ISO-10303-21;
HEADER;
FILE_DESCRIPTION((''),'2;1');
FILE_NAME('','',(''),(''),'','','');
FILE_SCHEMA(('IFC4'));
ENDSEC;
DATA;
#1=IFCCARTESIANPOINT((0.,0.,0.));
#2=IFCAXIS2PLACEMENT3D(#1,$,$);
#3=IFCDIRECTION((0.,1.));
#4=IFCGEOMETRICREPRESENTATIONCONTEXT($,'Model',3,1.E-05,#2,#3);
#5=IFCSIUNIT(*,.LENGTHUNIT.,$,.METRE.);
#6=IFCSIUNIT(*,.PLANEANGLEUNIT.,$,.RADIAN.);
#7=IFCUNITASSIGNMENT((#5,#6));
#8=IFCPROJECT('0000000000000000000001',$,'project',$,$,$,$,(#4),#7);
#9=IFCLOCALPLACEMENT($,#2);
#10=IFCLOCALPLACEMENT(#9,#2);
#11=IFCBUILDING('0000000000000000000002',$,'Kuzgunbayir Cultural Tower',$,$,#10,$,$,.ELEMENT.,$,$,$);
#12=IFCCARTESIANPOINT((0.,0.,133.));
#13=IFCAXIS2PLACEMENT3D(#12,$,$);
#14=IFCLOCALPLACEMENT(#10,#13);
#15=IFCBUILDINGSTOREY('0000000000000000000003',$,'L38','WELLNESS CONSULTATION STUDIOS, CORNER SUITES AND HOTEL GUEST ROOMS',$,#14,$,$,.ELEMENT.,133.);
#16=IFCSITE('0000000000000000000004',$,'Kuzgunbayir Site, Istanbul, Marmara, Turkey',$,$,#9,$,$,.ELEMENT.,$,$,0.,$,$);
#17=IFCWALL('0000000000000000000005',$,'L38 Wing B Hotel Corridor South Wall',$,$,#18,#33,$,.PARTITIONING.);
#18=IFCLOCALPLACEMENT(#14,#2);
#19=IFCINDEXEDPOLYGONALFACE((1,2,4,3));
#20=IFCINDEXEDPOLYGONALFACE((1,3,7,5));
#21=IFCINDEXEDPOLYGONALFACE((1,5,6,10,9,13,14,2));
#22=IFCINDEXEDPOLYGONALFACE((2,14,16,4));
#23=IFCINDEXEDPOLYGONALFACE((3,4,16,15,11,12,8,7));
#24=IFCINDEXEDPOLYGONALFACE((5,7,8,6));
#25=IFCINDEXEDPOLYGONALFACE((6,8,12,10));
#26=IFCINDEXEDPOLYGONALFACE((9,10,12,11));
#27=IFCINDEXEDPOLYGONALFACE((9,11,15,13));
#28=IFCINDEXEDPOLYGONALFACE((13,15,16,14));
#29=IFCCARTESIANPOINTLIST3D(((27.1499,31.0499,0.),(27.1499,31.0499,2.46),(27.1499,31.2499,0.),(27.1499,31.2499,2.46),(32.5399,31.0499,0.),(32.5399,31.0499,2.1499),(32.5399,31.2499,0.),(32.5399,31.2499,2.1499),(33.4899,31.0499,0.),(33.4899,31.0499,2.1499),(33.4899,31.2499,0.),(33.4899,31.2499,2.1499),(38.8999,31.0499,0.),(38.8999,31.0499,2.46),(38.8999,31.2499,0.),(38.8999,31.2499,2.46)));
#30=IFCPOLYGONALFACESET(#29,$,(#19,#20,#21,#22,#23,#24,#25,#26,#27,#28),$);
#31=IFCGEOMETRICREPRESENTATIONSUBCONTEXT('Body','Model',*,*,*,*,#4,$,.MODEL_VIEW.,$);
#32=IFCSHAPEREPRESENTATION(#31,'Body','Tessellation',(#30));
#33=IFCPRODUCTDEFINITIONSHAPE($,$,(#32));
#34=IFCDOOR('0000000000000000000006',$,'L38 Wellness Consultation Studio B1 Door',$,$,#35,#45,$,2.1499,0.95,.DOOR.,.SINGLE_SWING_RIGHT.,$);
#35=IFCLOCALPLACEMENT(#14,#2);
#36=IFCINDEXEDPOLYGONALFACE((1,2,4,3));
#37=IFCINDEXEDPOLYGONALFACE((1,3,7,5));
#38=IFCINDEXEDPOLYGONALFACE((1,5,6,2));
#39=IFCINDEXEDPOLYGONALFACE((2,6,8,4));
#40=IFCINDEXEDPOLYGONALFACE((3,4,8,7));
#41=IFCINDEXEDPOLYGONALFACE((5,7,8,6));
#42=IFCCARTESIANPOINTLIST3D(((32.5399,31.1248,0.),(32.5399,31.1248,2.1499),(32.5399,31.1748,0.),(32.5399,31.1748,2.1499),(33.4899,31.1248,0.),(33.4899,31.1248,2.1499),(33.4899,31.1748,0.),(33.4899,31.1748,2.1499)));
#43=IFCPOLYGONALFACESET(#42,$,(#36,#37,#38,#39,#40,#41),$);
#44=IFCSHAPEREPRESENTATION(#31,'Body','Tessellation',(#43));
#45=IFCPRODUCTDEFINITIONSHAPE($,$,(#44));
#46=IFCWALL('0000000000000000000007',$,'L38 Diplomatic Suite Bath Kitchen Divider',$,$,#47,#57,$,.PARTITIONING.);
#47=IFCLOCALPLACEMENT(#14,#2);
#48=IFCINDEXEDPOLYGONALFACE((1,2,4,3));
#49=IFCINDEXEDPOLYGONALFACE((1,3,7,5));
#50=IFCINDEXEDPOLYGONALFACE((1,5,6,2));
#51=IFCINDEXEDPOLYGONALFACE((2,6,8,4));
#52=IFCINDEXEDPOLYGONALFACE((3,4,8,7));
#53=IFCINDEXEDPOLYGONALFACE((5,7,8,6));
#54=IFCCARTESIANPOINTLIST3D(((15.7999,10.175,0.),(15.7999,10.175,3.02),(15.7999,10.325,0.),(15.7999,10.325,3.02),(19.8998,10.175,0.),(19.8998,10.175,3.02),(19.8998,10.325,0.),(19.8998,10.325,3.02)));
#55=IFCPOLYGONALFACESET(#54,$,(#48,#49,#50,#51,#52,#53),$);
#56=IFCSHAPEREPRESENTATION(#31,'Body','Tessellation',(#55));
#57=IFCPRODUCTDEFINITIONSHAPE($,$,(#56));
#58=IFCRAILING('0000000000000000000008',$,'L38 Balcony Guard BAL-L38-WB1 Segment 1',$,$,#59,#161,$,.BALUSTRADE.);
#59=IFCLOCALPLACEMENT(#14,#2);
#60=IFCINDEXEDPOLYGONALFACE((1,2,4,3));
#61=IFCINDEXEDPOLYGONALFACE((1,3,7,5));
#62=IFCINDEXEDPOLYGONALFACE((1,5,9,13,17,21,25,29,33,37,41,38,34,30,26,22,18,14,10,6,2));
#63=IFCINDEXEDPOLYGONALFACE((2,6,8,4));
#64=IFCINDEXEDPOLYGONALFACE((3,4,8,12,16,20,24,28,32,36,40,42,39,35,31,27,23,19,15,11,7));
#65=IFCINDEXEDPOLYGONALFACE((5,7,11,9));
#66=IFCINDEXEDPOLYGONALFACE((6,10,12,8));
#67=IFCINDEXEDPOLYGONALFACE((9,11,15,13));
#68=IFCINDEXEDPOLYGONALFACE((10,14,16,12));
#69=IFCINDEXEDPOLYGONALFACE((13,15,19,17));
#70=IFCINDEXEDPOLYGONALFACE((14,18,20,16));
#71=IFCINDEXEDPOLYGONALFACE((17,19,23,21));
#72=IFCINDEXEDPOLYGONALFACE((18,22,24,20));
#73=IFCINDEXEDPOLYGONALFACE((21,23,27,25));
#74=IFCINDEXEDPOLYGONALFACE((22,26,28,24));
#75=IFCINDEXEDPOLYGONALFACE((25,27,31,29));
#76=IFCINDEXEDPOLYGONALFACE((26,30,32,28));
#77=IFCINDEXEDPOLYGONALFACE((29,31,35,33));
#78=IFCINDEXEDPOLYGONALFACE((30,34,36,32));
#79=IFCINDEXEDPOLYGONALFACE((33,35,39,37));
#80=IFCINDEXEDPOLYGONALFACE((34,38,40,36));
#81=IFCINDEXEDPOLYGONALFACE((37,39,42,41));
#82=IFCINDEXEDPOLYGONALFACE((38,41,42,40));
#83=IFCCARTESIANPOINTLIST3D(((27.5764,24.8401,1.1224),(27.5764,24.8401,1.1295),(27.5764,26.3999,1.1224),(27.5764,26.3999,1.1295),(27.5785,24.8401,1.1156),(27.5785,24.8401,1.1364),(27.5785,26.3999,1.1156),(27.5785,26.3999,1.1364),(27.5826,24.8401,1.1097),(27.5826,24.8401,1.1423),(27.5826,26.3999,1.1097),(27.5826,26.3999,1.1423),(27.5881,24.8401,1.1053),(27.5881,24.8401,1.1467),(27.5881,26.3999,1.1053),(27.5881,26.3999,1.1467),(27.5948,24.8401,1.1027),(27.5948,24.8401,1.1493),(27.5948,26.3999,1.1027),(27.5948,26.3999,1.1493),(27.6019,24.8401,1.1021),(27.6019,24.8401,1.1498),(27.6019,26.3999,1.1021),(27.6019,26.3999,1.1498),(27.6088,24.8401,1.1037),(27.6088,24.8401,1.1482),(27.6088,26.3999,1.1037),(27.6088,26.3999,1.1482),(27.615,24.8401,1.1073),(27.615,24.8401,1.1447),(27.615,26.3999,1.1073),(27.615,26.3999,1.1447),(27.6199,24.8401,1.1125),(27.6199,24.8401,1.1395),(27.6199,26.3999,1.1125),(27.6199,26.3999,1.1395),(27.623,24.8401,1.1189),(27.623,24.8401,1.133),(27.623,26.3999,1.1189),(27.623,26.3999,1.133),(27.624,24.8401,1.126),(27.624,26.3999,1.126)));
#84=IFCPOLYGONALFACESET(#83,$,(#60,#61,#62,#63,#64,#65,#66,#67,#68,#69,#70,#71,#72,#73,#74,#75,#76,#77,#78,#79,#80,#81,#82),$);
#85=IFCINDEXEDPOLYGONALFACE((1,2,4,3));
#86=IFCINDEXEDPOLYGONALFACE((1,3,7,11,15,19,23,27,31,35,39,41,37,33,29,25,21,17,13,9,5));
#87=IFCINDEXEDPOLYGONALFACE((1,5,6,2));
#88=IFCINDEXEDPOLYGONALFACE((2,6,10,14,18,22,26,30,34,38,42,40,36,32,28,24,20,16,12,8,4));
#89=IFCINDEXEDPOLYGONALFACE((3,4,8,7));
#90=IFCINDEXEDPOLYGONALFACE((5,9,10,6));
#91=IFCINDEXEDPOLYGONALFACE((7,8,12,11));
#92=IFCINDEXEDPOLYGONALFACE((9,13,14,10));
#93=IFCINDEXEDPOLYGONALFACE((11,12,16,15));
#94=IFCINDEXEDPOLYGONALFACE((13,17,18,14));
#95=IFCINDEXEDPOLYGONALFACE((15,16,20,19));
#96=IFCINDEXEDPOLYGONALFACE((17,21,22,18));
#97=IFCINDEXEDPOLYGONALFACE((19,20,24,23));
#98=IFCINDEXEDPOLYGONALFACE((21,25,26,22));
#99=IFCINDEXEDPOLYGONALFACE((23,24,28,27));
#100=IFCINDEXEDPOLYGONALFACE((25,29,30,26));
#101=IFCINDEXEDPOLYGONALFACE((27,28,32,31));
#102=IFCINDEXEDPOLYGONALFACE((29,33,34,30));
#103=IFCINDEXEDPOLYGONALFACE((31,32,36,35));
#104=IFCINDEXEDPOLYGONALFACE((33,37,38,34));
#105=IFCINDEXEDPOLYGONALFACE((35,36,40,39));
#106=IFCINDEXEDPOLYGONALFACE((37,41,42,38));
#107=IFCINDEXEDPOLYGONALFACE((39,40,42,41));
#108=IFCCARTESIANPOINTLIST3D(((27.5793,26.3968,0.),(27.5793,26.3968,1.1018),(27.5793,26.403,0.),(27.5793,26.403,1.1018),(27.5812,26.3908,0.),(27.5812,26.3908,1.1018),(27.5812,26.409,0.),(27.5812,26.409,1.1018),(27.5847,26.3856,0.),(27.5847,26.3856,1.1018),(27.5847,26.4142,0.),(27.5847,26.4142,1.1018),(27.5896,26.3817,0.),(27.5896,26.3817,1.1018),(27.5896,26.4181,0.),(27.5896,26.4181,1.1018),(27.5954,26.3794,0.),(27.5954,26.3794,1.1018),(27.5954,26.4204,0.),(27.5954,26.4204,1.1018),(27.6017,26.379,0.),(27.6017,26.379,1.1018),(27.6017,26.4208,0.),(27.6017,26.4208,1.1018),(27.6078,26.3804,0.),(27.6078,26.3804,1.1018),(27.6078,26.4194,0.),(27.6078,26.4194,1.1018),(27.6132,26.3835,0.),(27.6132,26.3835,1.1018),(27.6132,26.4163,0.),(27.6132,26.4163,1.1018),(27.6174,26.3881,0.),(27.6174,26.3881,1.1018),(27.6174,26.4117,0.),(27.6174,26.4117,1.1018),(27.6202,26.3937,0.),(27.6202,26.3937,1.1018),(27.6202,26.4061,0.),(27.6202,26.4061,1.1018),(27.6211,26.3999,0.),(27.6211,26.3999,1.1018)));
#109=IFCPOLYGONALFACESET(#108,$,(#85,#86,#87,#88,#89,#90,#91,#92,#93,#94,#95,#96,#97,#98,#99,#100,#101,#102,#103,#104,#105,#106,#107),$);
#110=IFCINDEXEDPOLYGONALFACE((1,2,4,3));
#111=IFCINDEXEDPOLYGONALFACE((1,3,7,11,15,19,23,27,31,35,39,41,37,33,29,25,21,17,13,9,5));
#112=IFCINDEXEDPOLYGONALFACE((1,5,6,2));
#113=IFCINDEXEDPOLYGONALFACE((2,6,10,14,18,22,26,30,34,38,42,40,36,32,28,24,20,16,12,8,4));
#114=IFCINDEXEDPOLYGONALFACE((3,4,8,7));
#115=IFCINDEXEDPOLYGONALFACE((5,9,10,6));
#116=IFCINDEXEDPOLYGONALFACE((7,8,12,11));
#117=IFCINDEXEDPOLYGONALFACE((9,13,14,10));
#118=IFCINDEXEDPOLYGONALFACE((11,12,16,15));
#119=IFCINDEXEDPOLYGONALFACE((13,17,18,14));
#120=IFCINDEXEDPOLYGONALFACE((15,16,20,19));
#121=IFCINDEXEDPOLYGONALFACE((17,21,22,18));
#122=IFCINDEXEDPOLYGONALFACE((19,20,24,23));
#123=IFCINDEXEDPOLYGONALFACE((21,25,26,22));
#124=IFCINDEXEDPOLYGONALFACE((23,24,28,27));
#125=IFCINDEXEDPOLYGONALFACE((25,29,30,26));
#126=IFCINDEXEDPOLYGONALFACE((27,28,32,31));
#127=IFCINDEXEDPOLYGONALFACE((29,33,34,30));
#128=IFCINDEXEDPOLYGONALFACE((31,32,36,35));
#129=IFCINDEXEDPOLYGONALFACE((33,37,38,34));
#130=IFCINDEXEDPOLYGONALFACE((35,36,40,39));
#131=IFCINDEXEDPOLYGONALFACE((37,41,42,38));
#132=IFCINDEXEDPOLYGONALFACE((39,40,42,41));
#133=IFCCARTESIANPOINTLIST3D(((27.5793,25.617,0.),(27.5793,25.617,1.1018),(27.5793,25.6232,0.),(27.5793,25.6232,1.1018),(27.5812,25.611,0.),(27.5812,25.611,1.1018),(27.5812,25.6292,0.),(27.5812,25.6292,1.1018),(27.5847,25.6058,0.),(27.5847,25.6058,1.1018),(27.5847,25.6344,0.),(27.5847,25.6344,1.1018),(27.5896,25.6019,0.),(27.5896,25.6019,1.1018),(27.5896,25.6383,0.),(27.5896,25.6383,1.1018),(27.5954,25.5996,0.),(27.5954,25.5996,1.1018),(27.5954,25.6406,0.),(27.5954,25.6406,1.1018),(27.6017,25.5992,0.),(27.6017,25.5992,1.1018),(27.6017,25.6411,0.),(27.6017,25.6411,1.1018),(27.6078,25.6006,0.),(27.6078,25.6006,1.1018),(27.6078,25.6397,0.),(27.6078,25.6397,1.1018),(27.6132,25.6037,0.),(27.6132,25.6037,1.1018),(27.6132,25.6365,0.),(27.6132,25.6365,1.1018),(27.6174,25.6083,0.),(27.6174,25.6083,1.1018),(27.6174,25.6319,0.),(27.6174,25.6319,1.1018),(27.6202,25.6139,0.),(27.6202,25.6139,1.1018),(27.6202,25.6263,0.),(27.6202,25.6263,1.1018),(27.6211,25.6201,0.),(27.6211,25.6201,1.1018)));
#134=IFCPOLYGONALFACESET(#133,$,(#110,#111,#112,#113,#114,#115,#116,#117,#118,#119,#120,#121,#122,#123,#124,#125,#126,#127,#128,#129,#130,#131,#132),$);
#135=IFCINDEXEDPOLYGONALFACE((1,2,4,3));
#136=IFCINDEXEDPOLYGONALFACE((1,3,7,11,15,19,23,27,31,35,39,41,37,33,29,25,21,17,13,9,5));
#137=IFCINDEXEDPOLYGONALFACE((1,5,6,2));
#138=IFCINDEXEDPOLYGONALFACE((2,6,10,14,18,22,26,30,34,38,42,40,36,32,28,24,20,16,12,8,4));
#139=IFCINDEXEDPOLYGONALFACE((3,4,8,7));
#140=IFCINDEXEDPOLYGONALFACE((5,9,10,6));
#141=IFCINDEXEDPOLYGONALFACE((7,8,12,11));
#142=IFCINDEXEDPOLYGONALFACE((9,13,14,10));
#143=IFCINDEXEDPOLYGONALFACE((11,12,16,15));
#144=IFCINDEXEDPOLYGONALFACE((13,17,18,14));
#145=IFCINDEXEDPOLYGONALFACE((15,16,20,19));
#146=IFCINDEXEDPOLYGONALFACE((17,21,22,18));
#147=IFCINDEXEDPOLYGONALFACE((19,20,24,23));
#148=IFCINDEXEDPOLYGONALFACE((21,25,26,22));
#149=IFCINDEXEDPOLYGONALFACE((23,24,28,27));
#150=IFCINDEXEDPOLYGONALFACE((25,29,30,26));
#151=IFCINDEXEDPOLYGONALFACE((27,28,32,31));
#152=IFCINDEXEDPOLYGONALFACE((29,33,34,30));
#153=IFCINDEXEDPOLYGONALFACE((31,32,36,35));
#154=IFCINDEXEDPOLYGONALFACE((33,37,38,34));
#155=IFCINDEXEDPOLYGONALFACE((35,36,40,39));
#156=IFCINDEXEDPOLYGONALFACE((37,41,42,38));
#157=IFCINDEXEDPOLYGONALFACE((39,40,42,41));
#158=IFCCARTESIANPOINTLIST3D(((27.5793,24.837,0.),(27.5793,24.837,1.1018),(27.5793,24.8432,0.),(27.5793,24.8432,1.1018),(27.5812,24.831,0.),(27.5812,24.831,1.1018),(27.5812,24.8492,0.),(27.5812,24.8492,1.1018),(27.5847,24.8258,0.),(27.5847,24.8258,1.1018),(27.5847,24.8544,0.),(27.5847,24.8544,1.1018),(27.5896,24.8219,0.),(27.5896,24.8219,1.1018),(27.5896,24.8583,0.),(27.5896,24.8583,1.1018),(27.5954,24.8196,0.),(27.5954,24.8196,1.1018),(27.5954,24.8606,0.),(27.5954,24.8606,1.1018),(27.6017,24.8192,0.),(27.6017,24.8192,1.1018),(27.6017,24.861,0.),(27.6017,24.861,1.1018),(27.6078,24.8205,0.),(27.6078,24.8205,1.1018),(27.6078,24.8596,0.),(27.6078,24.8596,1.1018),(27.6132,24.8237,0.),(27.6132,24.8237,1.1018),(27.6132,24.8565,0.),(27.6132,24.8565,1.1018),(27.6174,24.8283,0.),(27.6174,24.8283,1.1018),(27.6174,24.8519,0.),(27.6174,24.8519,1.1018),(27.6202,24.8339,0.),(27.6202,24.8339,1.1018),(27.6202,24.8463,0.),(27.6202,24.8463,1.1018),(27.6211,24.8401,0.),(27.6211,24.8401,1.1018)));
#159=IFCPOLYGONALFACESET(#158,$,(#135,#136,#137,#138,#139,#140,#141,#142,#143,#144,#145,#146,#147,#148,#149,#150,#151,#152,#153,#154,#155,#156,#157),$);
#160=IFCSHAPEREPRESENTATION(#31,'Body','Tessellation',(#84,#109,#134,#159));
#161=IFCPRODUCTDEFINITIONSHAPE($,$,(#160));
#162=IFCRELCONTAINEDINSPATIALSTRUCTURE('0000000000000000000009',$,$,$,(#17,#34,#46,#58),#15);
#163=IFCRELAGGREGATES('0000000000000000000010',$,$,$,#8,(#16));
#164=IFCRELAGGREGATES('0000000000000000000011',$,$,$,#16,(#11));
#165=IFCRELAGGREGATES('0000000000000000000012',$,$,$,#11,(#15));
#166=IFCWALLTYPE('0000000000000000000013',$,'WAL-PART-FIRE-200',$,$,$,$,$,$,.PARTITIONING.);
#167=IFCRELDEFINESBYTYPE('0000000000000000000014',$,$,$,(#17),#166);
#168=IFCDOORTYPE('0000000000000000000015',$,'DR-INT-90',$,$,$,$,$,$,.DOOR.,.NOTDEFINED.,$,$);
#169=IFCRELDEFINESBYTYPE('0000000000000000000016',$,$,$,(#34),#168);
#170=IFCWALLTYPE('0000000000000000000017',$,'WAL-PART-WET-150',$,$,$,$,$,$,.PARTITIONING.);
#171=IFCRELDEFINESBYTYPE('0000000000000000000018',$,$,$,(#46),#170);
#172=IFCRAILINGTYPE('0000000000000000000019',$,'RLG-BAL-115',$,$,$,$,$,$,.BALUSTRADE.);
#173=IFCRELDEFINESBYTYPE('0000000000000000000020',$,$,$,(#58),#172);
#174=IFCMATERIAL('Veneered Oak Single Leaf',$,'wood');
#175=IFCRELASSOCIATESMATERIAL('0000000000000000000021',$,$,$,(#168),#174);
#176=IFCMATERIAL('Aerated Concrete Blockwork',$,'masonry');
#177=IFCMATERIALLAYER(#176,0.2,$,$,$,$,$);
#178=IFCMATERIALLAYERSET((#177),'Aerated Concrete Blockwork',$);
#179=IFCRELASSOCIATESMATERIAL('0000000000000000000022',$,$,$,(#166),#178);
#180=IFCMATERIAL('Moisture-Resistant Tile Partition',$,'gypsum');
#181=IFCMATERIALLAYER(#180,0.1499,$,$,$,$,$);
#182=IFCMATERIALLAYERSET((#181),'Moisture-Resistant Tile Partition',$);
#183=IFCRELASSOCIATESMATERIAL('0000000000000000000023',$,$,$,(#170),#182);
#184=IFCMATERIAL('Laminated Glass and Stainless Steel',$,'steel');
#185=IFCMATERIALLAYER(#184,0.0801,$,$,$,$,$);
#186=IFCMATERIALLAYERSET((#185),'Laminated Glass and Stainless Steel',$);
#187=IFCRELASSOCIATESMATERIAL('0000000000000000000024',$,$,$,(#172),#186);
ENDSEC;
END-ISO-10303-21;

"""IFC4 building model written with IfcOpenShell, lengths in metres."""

from ifc_helpers import new_model, si_unit, direction, frame, frame_2d, origin, origin_2d, place, context, subcontext, project, spatial, rectangle, circle, extrude, material, layer, layer_set, type_object, element, fill, save


model = new_model("IFC4")

# Units and contexts
model_context = context("Model", 3, precision=1e-05, world=origin(), true_north=direction((0.0, 1.0)))
body_context = subcontext(model_context, "Body", "Model", "MODEL_VIEW")
ifc_project = project(units=[si_unit("LENGTHUNIT", "METRE"), si_unit("PLANEANGLEUNIT", "RADIAN")], contexts=[model_context])

# Site, building, storey
site_placement = place(None, origin())
site = spatial("IfcSite", under=ifc_project, at=site_placement, Name="Kuzgunbayir Site, Istanbul, Marmara, Turkey", CompositionType="ELEMENT", RefElevation=0.0)
building_placement = place(site_placement, origin())
building = spatial("IfcBuilding", under=site, at=building_placement, Name="Kuzgunbayir Cultural Tower", CompositionType="ELEMENT")
storey_placement = place(building_placement, frame((0.0, 0.0, 133.0)))
storey = spatial("IfcBuildingStorey", under=building, at=storey_placement, Name="L38", Description="WELLNESS CONSULTATION STUDIOS, CORNER SUITES AND HOTEL GUEST ROOMS", CompositionType="ELEMENT", Elevation=133.0)

# Shared definitions
ifc_material_1 = material(Name="Veneered Oak Single Leaf", Category="wood")
door_type_1 = type_object("IfcDoorType", Name="DR-INT-90", OperationType="NOTDEFINED", PredefinedType="DOOR", material=ifc_material_1)

# Wall, opening, door
ifc_material_2 = material(Name="Aerated Concrete Blockwork", Category="masonry")
ifc_layer_1 = layer(ifc_material_2, 0.2)
ifc_layer_set_1 = layer_set([ifc_layer_1], Name="Aerated Concrete Blockwork")
wall_type_1 = type_object("IfcWallType", Name="WAL-PART-FIRE-200", PredefinedType="PARTITIONING", material=ifc_layer_set_1)
wall_1_placement = place(storey_placement, frame((27.1499, 31.1499, 0.0), z_axis=(0.0, 0.0, 1.0), x_axis=(1.0, 0.0, 0.0)))
wall_1 = element("IfcWall", 1, at=wall_1_placement, inside=storey, type_object=wall_type_1, Name="L38 Wing B Hotel Corridor South Wall", PredefinedType="PARTITIONING", context=body_context, shape_type="SweptSolid", body=[
    extrude(rectangle(XDim=11.75, YDim=0.2, at=frame_2d((5.875, 0.0))), origin(), (0.0, 0.0, 1.0), 2.46),
])
opening_1_placement = place(wall_1_placement, frame((5.3899, 0.0, 0.0)))
opening_1 = element("IfcOpeningElement", 2, at=opening_1_placement, cuts=wall_1, PredefinedType="OPENING", context=body_context, shape_type="SweptSolid", body=[
    extrude(rectangle(XDim=0.95, YDim=2.1499, at=frame_2d((0.4751, 1.075))), frame((0.0, 0.1099, 0.0), z_axis=(0.0, -1.0, 0.0), x_axis=(1.0, 0.0, 0.0)), (0.0, 0.0, 1.0), 0.22),
])
door_1_placement = place(opening_1_placement, origin())
door_1 = element("IfcDoor", 3, at=door_1_placement, inside=storey, type_object=door_type_1, Name="L38 Wellness Consultation Studio B1 Door", OperationType="SINGLE_SWING_RIGHT", OverallHeight=2.1499, OverallWidth=0.95, PredefinedType="DOOR", context=body_context, shape_type="SweptSolid", body=[
    extrude(rectangle(XDim=0.95, YDim=2.1499, at=frame_2d((0.4751, 1.075))), frame((0.0, 0.0249, 0.0), z_axis=(0.0, -1.0, 0.0), x_axis=(1.0, 0.0, 0.0)), (0.0, 0.0, 1.0), 0.05),
])
fill(opening_1, door_1)

# Wall
ifc_material_3 = material(Name="Moisture-Resistant Tile Partition", Category="gypsum")
ifc_layer_2 = layer(ifc_material_3, 0.1499)
ifc_layer_set_2 = layer_set([ifc_layer_2], Name="Moisture-Resistant Tile Partition")
wall_type_2 = type_object("IfcWallType", Name="WAL-PART-WET-150", PredefinedType="PARTITIONING", material=ifc_layer_set_2)
wall_2_placement = place(storey_placement, frame((15.8, 10.25, 0.0), z_axis=(0.0, 0.0, 1.0), x_axis=(1.0, 0.0, 0.0)))
element("IfcWall", 4, at=wall_2_placement, inside=storey, type_object=wall_type_2, Name="L38 Diplomatic Suite Bath Kitchen Divider", PredefinedType="PARTITIONING", context=body_context, shape_type="SweptSolid", body=[
    extrude(rectangle(XDim=4.0999, YDim=0.1499, at=frame_2d((2.0498, 0.0))), origin(), (0.0, 0.0, 1.0), 3.02),
])

# Railing
ifc_material_4 = material(Name="Laminated Glass and Stainless Steel", Category="steel")
ifc_layer_3 = layer(ifc_material_4, 0.0801)
ifc_layer_set_3 = layer_set([ifc_layer_3], Name="Laminated Glass and Stainless Steel")
railing_type = type_object("IfcRailingType", Name="RLG-BAL-115", PredefinedType="BALUSTRADE", material=ifc_layer_set_3)
railing_1_placement = place(storey_placement, frame((27.6001, 26.3999, 0.0)))
element("IfcRailing", 5, at=railing_1_placement, inside=storey, type_object=railing_type, Name="L38 Balcony Guard BAL-L38-WB1 Segment 1", PredefinedType="BALUSTRADE", context=body_context, shape_type="SweptSolid", body=[
    extrude(circle(Radius=0.0239, at=origin_2d()), frame((0.0, 0.0, 1.126), z_axis=(0.0, -1.0, 0.0), x_axis=(1.0, 0.0, 0.0)), (0.0, 0.0, 1.0), 1.5598),
    extrude(circle(Radius=0.021, at=origin_2d()), origin(), (0.0, 0.0, 1.0), 1.1018),
    extrude(circle(Radius=0.021, at=origin_2d()), frame((0.0, -0.7798, 0.0)), (0.0, 0.0, 1.0), 1.1018),
    extrude(circle(Radius=0.021, at=origin_2d()), frame((0.0, -1.5598, 0.0)), (0.0, 0.0, 1.0), 1.1018),
])

save(model, "model.ifc")
